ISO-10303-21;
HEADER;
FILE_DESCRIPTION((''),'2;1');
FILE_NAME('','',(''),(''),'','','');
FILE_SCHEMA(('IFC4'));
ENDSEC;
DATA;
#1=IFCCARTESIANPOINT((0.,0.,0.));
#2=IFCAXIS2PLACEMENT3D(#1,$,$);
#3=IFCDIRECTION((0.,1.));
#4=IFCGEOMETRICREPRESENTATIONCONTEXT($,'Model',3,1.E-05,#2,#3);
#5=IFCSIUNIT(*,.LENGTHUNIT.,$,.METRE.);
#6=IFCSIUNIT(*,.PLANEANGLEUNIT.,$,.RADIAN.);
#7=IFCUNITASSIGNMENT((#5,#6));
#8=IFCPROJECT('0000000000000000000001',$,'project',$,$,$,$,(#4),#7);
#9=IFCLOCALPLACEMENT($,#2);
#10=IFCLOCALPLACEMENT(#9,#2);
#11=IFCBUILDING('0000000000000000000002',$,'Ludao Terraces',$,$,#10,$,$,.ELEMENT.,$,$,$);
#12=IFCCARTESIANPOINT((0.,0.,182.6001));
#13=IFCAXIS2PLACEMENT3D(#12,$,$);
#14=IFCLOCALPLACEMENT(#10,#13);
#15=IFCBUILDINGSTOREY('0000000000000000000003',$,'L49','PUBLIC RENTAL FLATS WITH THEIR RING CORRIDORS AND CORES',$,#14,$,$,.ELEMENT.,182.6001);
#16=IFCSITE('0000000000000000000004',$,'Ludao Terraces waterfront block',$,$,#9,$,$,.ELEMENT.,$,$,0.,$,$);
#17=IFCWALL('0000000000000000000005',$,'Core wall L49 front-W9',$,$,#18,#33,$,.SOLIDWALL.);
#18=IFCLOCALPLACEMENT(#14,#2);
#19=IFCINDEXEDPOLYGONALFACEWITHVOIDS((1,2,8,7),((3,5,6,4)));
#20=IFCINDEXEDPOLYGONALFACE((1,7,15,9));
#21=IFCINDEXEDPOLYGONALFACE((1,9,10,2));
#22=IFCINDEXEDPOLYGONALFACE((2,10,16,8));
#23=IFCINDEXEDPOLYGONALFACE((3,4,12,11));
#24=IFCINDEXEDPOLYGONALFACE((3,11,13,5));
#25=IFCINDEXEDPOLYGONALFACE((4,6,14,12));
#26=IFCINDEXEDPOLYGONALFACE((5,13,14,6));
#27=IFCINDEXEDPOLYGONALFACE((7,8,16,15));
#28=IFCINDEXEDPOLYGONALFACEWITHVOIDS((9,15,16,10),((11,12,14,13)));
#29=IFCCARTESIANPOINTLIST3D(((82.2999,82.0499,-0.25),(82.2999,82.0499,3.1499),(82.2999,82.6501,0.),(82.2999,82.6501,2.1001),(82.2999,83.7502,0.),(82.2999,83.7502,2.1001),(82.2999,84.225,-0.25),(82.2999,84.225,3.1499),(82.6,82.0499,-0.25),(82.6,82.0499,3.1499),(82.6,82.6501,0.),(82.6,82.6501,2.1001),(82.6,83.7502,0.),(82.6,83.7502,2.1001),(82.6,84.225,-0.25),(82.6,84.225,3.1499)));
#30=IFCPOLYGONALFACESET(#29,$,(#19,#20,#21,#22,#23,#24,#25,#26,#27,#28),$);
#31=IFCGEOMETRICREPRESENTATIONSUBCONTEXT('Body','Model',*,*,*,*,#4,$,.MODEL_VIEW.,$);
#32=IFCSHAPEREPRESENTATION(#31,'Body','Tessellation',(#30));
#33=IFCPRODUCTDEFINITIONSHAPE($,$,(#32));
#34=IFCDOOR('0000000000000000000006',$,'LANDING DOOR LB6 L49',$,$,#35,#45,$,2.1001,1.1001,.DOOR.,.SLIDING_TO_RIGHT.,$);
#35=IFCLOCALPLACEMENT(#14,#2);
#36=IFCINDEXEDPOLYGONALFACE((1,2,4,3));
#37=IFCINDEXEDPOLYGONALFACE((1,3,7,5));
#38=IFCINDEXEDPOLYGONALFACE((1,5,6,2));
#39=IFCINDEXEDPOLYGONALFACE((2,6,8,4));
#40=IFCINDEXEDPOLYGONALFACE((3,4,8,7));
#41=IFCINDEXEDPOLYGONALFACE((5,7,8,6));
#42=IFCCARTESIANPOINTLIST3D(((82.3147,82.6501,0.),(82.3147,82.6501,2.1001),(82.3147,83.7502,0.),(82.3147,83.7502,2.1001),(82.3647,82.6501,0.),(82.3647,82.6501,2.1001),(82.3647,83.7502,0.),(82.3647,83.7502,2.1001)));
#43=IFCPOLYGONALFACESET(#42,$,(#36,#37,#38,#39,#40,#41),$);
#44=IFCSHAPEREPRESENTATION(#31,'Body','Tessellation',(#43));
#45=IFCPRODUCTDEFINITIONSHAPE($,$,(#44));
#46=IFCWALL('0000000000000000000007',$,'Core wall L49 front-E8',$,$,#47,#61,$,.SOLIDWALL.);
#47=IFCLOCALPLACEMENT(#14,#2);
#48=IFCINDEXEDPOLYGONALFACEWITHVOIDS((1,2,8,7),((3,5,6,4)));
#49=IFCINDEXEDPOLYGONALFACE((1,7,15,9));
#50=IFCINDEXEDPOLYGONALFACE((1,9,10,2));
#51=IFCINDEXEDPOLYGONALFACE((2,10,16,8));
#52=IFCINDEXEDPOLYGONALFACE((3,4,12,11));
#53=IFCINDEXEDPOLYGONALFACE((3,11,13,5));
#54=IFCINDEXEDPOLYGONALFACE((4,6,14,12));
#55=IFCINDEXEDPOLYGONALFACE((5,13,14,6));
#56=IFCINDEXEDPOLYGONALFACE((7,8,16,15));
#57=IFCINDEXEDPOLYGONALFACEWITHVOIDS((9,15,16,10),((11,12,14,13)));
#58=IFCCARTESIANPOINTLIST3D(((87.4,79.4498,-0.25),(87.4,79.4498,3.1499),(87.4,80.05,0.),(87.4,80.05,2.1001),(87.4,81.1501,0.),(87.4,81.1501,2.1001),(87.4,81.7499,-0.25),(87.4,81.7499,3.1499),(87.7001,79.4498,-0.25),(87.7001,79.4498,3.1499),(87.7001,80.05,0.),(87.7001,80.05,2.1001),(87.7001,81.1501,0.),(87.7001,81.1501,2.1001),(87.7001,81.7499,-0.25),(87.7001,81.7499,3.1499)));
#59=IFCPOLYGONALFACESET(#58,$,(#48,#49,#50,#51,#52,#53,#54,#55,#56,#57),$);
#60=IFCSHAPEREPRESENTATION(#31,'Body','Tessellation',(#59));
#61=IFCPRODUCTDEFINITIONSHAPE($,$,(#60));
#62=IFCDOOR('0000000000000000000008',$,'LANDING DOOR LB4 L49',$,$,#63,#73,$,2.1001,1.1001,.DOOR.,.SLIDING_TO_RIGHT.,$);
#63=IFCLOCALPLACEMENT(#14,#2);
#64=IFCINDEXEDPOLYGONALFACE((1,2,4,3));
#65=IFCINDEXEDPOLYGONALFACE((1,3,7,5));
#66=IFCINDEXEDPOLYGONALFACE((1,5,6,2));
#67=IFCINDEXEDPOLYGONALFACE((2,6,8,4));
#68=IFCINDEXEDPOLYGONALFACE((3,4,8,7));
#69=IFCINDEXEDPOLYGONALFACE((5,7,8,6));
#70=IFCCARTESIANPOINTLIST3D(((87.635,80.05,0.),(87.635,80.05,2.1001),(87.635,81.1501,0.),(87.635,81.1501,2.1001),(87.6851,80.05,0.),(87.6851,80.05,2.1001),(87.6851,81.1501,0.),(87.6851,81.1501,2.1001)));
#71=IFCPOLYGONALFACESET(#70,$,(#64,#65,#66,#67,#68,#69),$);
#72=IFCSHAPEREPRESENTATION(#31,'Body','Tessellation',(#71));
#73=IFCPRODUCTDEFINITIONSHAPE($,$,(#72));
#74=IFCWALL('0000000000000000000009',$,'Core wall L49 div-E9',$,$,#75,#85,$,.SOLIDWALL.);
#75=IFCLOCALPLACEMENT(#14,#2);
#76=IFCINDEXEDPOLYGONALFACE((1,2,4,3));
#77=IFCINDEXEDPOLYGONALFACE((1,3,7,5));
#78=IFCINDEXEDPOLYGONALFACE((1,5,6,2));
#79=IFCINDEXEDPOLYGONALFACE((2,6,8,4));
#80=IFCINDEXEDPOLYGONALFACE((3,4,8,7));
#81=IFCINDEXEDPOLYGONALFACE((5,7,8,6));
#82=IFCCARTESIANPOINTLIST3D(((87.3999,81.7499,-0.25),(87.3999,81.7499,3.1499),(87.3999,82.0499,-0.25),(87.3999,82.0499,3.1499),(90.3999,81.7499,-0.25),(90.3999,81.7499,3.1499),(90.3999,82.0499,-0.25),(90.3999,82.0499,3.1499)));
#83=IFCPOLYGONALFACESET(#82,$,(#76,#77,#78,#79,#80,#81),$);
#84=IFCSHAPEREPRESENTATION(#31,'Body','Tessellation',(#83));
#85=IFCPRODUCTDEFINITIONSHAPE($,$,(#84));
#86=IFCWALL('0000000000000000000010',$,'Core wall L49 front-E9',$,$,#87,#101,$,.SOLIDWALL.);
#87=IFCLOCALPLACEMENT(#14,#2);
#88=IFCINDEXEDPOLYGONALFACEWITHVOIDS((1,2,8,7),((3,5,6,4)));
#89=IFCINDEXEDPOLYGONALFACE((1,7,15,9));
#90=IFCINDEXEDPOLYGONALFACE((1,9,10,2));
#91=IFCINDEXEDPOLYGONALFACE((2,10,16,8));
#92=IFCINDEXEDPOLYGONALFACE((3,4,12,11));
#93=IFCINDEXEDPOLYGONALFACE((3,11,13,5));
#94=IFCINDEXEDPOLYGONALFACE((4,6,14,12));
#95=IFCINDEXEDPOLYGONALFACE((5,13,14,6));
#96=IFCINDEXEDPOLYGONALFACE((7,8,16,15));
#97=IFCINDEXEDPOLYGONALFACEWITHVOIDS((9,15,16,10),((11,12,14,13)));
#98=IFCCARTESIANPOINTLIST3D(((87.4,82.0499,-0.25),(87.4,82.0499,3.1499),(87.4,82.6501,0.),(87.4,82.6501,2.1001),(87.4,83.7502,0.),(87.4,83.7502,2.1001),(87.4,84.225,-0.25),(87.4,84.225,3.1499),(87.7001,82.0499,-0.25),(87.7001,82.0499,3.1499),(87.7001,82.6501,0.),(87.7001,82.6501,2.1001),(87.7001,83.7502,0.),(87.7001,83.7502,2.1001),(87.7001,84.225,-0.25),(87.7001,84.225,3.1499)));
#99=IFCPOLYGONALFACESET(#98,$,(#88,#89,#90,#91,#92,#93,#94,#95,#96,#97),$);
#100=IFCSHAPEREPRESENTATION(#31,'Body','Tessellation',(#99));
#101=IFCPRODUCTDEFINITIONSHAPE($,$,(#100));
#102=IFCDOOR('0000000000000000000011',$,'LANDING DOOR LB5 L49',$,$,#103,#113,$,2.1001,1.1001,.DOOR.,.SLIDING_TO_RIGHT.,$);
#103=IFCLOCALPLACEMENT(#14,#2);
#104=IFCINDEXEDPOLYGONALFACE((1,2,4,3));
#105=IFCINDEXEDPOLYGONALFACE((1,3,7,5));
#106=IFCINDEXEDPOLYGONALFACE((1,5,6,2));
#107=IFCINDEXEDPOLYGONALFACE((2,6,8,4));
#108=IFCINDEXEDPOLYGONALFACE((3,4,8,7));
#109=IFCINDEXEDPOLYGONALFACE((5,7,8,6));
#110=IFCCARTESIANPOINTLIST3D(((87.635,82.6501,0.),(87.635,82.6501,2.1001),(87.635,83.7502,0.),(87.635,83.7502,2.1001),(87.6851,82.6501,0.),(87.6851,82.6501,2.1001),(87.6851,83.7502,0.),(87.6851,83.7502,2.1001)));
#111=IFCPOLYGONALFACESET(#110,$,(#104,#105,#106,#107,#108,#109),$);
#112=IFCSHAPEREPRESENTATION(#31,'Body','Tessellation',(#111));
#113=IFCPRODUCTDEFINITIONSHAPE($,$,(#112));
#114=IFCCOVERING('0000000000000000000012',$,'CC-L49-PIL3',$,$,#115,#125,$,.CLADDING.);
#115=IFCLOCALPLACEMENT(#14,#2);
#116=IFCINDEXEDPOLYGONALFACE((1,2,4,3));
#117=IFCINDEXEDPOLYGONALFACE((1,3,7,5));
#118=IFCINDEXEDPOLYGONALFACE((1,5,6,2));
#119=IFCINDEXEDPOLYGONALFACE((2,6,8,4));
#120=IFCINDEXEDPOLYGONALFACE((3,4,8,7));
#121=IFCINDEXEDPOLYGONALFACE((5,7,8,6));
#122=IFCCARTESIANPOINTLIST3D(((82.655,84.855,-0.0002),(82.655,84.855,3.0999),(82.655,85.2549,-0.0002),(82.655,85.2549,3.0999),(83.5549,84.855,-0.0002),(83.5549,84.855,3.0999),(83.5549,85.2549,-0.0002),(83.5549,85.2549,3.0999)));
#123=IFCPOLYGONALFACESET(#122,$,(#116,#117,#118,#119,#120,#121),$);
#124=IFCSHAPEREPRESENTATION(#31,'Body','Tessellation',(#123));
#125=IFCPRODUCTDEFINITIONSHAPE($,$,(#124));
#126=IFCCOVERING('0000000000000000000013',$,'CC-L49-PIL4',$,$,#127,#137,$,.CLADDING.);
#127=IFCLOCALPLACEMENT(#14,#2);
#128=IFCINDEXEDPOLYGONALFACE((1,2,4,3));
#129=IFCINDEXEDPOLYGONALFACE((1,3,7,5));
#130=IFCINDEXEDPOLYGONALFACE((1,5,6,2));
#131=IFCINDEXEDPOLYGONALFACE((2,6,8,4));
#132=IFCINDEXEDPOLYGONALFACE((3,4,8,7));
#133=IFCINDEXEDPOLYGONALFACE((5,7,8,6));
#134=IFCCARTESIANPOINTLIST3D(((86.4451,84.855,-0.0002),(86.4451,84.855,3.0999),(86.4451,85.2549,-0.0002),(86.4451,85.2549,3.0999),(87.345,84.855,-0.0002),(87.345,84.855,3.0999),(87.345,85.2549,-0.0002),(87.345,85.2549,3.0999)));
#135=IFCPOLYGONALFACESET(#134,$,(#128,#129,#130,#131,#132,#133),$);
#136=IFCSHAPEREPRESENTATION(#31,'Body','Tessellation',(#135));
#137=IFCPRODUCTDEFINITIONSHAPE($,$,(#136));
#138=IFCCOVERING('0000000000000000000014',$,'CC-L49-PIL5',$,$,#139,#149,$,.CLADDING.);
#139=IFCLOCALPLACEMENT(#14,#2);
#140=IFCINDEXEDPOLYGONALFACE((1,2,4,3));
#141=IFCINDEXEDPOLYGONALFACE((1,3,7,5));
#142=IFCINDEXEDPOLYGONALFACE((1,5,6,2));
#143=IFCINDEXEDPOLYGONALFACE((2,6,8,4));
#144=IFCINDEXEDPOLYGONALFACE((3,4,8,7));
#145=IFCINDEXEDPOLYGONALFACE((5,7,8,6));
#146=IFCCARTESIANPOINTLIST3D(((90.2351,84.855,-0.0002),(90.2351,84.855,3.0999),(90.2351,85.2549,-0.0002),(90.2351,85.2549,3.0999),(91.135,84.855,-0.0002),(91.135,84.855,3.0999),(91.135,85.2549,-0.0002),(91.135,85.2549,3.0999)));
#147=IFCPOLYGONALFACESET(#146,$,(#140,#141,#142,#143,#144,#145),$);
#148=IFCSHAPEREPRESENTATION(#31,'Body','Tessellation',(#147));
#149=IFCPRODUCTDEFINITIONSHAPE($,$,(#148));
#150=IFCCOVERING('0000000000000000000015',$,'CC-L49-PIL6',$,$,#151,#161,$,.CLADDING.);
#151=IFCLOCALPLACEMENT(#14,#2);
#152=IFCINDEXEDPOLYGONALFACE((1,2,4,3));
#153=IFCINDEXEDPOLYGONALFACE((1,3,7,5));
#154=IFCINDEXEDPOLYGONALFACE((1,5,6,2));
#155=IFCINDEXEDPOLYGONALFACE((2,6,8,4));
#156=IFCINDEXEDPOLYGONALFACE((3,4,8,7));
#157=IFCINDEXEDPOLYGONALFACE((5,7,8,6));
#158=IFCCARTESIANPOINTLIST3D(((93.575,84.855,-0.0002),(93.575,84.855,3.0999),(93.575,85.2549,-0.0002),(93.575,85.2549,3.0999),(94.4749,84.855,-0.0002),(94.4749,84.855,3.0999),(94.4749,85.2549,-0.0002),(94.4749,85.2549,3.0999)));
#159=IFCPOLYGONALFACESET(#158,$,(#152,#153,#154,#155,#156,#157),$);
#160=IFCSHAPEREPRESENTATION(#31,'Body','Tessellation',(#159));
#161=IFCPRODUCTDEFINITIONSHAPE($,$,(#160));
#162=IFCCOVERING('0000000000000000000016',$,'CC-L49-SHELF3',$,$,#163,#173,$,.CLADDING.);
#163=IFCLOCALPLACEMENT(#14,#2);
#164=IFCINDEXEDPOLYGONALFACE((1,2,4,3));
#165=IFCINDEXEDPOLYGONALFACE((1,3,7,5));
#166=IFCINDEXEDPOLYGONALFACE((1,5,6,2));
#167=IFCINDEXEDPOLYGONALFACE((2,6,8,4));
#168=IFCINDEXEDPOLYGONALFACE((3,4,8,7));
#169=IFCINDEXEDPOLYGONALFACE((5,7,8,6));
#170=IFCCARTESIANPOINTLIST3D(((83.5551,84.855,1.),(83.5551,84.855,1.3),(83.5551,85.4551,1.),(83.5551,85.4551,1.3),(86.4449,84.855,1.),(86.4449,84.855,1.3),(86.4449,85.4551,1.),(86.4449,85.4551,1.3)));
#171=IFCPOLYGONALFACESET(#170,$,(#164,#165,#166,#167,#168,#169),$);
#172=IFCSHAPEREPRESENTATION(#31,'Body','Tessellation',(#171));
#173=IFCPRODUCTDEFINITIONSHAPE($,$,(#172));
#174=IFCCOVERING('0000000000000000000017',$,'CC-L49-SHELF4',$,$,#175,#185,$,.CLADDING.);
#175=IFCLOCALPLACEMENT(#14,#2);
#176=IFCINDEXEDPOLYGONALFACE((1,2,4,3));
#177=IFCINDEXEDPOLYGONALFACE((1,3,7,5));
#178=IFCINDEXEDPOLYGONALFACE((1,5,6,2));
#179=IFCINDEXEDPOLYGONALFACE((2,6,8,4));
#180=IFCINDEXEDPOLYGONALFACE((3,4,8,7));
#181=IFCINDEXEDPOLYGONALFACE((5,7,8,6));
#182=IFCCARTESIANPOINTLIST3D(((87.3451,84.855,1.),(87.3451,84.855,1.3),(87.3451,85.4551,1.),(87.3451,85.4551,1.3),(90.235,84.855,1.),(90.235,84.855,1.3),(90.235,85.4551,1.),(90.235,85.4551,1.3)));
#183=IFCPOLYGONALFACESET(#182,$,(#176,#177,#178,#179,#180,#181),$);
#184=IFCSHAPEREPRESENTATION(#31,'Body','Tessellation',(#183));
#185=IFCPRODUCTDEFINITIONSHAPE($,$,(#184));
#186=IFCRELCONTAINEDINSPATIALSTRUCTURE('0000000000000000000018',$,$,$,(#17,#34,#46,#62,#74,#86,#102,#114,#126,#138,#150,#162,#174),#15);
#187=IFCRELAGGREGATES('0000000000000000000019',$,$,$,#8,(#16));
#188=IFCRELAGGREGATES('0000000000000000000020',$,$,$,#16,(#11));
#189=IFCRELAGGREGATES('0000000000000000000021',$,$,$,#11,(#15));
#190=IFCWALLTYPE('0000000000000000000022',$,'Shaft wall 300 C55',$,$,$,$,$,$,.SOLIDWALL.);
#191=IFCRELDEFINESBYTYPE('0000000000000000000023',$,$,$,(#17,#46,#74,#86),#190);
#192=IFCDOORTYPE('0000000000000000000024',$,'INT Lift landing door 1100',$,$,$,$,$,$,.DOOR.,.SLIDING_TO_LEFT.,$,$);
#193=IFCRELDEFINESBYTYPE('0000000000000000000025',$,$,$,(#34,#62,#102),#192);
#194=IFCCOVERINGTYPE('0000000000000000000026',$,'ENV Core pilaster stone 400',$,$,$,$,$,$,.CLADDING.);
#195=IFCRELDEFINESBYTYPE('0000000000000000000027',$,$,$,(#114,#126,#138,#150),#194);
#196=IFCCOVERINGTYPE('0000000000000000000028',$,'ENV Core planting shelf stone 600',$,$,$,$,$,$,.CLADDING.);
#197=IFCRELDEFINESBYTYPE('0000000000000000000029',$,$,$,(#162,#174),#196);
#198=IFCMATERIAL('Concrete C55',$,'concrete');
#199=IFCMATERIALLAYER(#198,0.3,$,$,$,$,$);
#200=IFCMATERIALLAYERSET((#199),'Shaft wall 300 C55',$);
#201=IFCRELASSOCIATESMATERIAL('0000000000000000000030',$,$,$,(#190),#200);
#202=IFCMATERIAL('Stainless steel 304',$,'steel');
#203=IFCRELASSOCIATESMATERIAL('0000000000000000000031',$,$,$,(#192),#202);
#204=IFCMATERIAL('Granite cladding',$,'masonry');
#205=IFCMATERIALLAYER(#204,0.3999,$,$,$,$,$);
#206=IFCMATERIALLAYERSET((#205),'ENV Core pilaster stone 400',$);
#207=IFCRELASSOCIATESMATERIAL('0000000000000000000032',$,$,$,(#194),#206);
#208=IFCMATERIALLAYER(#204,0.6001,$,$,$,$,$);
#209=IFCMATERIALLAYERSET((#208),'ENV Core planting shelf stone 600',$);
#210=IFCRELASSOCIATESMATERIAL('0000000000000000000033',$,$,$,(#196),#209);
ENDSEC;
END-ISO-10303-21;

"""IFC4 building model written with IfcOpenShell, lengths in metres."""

from ifc_helpers import new_model, si_unit, direction, frame, frame_2d, origin, origin_2d, place, context, subcontext, project, spatial, rectangle, extrude, material, layer, layer_set, type_object, element, fill, save


model = new_model("IFC4")

# Units and contexts
model_context = context("Model", 3, precision=1e-05, world=origin(), true_north=direction((0.0, 1.0)))
body_context = subcontext(model_context, "Body", "Model", "MODEL_VIEW")
ifc_project = project(units=[si_unit("LENGTHUNIT", "METRE"), si_unit("PLANEANGLEUNIT", "RADIAN")], contexts=[model_context])

# Site, building, storey
site_placement = place(None, origin())
site = spatial("IfcSite", under=ifc_project, at=site_placement, Name="Ludao Terraces waterfront block", CompositionType="ELEMENT", RefElevation=0.0)
building_placement = place(site_placement, origin())
building = spatial("IfcBuilding", under=site, at=building_placement, Name="Ludao Terraces", CompositionType="ELEMENT")
storey_placement = place(building_placement, frame((0.0, 0.0, 182.6001)))
storey = spatial("IfcBuildingStorey", under=building, at=storey_placement, Name="L49", Description="PUBLIC RENTAL FLATS WITH THEIR RING CORRIDORS AND CORES", CompositionType="ELEMENT", Elevation=182.6001)

# Walls, openings, doors
ifc_material_1 = material(Name="Concrete C55", Category="concrete")
ifc_layer_1 = layer(ifc_material_1, 0.3)
ifc_layer_set_1 = layer_set([ifc_layer_1], Name="Shaft wall 300 C55")
wall_type = type_object("IfcWallType", Name="Shaft wall 300 C55", PredefinedType="SOLIDWALL", material=ifc_layer_set_1)
wall_1_placement = place(storey_placement, frame((82.45, 82.05, -0.25), z_axis=(0.0, 0.0, 1.0), x_axis=(0.0, 1.0, 0.0)))
wall_1 = element("IfcWall", 1, at=wall_1_placement, inside=storey, type_object=wall_type, Name="Core wall L49 front-W9", PredefinedType="SOLIDWALL", context=body_context, shape_type="SweptSolid", body=[
    extrude(rectangle(XDim=2.175, YDim=0.3, at=frame_2d((1.0874, 0.0))), origin(), (0.0, 0.0, 1.0), 3.3999),
])
opening_1_placement = place(wall_1_placement, frame((0.6001, 0.0, 0.25)))
opening_1 = element("IfcOpeningElement", 2, at=opening_1_placement, cuts=wall_1, PredefinedType="OPENING", context=body_context, shape_type="SweptSolid", body=[
    extrude(rectangle(XDim=1.1001, YDim=2.1001, at=frame_2d((0.55, 1.05))), frame((0.0, 0.1602, 0.0), z_axis=(0.0, -1.0, 0.0), x_axis=(1.0, 0.0, 0.0)), (0.0, 0.0, 1.0), 0.3201),
])
ifc_material_2 = material(Name="Stainless steel 304", Category="steel")
door_type = type_object("IfcDoorType", Name="INT Lift landing door 1100", OperationType="SLIDING_TO_LEFT", PredefinedType="DOOR", material=ifc_material_2)
door_1_placement = place(opening_1_placement, origin())
door_1 = element("IfcDoor", 3, at=door_1_placement, inside=storey, type_object=door_type, Name="LANDING DOOR LB6 L49", OperationType="SLIDING_TO_RIGHT", OverallHeight=2.1001, OverallWidth=1.1001, PredefinedType="DOOR", context=body_context, shape_type="SweptSolid", body=[
    extrude(rectangle(XDim=1.1001, YDim=2.1001, at=frame_2d((0.55, 1.05))), frame((0.0, 0.1353, 0.0), z_axis=(0.0, -1.0, 0.0), x_axis=(1.0, 0.0, 0.0)), (0.0, 0.0, 1.0), 0.05),
])
fill(opening_1, door_1)
wall_2_placement = place(storey_placement, frame((87.55, 79.45, -0.25), z_axis=(0.0, 0.0, 1.0), x_axis=(0.0, 1.0, 0.0)))
wall_2 = element("IfcWall", 4, at=wall_2_placement, inside=storey, type_object=wall_type, Name="Core wall L49 front-E8", PredefinedType="SOLIDWALL", context=body_context, shape_type="SweptSolid", body=[
    extrude(rectangle(XDim=2.3, YDim=0.3, at=frame_2d((1.1499, 0.0))), origin(), (0.0, 0.0, 1.0), 3.3999),
])
opening_2_placement = place(wall_2_placement, frame((0.6001, 0.0, 0.25)))
opening_2 = element("IfcOpeningElement", 5, at=opening_2_placement, cuts=wall_2, PredefinedType="OPENING", context=body_context, shape_type="SweptSolid", body=[
    extrude(rectangle(XDim=1.1001, YDim=2.1001, at=frame_2d((0.55, 1.05))), frame((0.0, 0.1602, 0.0), z_axis=(0.0, -1.0, 0.0), x_axis=(1.0, 0.0, 0.0)), (0.0, 0.0, 1.0), 0.3201),
])
door_2_placement = place(opening_2_placement, origin())
door_2 = element("IfcDoor", 6, at=door_2_placement, inside=storey, type_object=door_type, Name="LANDING DOOR LB4 L49", OperationType="SLIDING_TO_RIGHT", OverallHeight=2.1001, OverallWidth=1.1001, PredefinedType="DOOR", context=body_context, shape_type="SweptSolid", body=[
    extrude(rectangle(XDim=1.1001, YDim=2.1001, at=frame_2d((0.55, 1.05))), frame((0.0, -0.085, 0.0), z_axis=(0.0, -1.0, 0.0), x_axis=(1.0, 0.0, 0.0)), (0.0, 0.0, 1.0), 0.05),
])
fill(opening_2, door_2)

# Wall
wall_3_placement = place(storey_placement, frame((87.3999, 81.8999, -0.25), z_axis=(0.0, 0.0, 1.0), x_axis=(1.0, 0.0, 0.0)))
element("IfcWall", 7, at=wall_3_placement, inside=storey, type_object=wall_type, Name="Core wall L49 div-E9", PredefinedType="SOLIDWALL", context=body_context, shape_type="SweptSolid", body=[
    extrude(rectangle(XDim=3.0, YDim=0.3, at=frame_2d((1.5, 0.0))), origin(), (0.0, 0.0, 1.0), 3.3999),
])

# Wall, opening, door
wall_4_placement = place(storey_placement, frame((87.55, 82.05, -0.25), z_axis=(0.0, 0.0, 1.0), x_axis=(0.0, 1.0, 0.0)))
wall_4 = element("IfcWall", 8, at=wall_4_placement, inside=storey, type_object=wall_type, Name="Core wall L49 front-E9", PredefinedType="SOLIDWALL", context=body_context, shape_type="SweptSolid", body=[
    extrude(rectangle(XDim=2.175, YDim=0.3, at=frame_2d((1.0874, 0.0))), origin(), (0.0, 0.0, 1.0), 3.3999),
])
opening_3_placement = place(wall_4_placement, frame((0.6001, 0.0, 0.25)))
opening_3 = element("IfcOpeningElement", 9, at=opening_3_placement, cuts=wall_4, PredefinedType="OPENING", context=body_context, shape_type="SweptSolid", body=[
    extrude(rectangle(XDim=1.1001, YDim=2.1001, at=frame_2d((0.55, 1.05))), frame((0.0, 0.1602, 0.0), z_axis=(0.0, -1.0, 0.0), x_axis=(1.0, 0.0, 0.0)), (0.0, 0.0, 1.0), 0.3201),
])
door_3_placement = place(opening_3_placement, origin())
door_3 = element("IfcDoor", 10, at=door_3_placement, inside=storey, type_object=door_type, Name="LANDING DOOR LB5 L49", OperationType="SLIDING_TO_RIGHT", OverallHeight=2.1001, OverallWidth=1.1001, PredefinedType="DOOR", context=body_context, shape_type="SweptSolid", body=[
    extrude(rectangle(XDim=1.1001, YDim=2.1001, at=frame_2d((0.55, 1.05))), frame((0.0, -0.085, 0.0), z_axis=(0.0, -1.0, 0.0), x_axis=(1.0, 0.0, 0.0)), (0.0, 0.0, 1.0), 0.05),
])
fill(opening_3, door_3)

# Coverings
ifc_material_3 = material(Name="Granite cladding", Category="masonry")
ifc_layer_2 = layer(ifc_material_3, 0.3999)
ifc_layer_set_2 = layer_set([ifc_layer_2], Name="ENV Core pilaster stone 400")
covering_type_1 = type_object("IfcCoveringType", Name="ENV Core pilaster stone 400", PredefinedType="CLADDING", material=ifc_layer_set_2)
for number, where, z_axis, x_axis, name in (
    (11, (83.105, 85.0549, -0.0002), (0.0, 0.0, 1.0), (1.0, 0.0, 0.0), "CC-L49-PIL3"),
    (12, (86.895, 85.0549, -0.0002), (0.0, 0.0, 1.0), (1.0, 0.0, 0.0), "CC-L49-PIL4"),
    (13, (90.6851, 85.0549, -0.0002), (0.0, 0.0, 1.0), (1.0, 0.0, 0.0), "CC-L49-PIL5"),
    (14, (94.0249, 85.0549, -0.0002), (0.0, 0.0, 1.0), (1.0, 0.0, 0.0), "CC-L49-PIL6"),
):
    element("IfcCovering", number, at=place(storey_placement, frame(where, z_axis=z_axis, x_axis=x_axis)), inside=storey, type_object=covering_type_1, Name=name, PredefinedType="CLADDING", context=body_context, shape_type="SweptSolid", body=[
        extrude(rectangle(XDim=0.8999, YDim=0.3999, at=origin_2d()), origin(), (0.0, 0.0, 1.0), 3.1001),
    ])
ifc_layer_3 = layer(ifc_material_3, 0.6001)
ifc_layer_set_3 = layer_set([ifc_layer_3], Name="ENV Core planting shelf stone 600")
covering_type_2 = type_object("IfcCoveringType", Name="ENV Core planting shelf stone 600", PredefinedType="CLADDING", material=ifc_layer_set_3)
for number, where, z_axis, x_axis, name in (
    (15, (85.0, 85.155, 1.0), (0.0, 0.0, 1.0), (1.0, 0.0, 0.0), "CC-L49-SHELF3"),
    (16, (88.79, 85.155, 1.0), (0.0, 0.0, 1.0), (1.0, 0.0, 0.0), "CC-L49-SHELF4"),
):
    element("IfcCovering", number, at=place(storey_placement, frame(where, z_axis=z_axis, x_axis=x_axis)), inside=storey, type_object=covering_type_2, Name=name, PredefinedType="CLADDING", context=body_context, shape_type="SweptSolid", body=[
        extrude(rectangle(XDim=2.8899, YDim=0.6001, at=origin_2d()), origin(), (0.0, 0.0, 1.0), 0.3),
    ])

save(model, "model.ifc")
